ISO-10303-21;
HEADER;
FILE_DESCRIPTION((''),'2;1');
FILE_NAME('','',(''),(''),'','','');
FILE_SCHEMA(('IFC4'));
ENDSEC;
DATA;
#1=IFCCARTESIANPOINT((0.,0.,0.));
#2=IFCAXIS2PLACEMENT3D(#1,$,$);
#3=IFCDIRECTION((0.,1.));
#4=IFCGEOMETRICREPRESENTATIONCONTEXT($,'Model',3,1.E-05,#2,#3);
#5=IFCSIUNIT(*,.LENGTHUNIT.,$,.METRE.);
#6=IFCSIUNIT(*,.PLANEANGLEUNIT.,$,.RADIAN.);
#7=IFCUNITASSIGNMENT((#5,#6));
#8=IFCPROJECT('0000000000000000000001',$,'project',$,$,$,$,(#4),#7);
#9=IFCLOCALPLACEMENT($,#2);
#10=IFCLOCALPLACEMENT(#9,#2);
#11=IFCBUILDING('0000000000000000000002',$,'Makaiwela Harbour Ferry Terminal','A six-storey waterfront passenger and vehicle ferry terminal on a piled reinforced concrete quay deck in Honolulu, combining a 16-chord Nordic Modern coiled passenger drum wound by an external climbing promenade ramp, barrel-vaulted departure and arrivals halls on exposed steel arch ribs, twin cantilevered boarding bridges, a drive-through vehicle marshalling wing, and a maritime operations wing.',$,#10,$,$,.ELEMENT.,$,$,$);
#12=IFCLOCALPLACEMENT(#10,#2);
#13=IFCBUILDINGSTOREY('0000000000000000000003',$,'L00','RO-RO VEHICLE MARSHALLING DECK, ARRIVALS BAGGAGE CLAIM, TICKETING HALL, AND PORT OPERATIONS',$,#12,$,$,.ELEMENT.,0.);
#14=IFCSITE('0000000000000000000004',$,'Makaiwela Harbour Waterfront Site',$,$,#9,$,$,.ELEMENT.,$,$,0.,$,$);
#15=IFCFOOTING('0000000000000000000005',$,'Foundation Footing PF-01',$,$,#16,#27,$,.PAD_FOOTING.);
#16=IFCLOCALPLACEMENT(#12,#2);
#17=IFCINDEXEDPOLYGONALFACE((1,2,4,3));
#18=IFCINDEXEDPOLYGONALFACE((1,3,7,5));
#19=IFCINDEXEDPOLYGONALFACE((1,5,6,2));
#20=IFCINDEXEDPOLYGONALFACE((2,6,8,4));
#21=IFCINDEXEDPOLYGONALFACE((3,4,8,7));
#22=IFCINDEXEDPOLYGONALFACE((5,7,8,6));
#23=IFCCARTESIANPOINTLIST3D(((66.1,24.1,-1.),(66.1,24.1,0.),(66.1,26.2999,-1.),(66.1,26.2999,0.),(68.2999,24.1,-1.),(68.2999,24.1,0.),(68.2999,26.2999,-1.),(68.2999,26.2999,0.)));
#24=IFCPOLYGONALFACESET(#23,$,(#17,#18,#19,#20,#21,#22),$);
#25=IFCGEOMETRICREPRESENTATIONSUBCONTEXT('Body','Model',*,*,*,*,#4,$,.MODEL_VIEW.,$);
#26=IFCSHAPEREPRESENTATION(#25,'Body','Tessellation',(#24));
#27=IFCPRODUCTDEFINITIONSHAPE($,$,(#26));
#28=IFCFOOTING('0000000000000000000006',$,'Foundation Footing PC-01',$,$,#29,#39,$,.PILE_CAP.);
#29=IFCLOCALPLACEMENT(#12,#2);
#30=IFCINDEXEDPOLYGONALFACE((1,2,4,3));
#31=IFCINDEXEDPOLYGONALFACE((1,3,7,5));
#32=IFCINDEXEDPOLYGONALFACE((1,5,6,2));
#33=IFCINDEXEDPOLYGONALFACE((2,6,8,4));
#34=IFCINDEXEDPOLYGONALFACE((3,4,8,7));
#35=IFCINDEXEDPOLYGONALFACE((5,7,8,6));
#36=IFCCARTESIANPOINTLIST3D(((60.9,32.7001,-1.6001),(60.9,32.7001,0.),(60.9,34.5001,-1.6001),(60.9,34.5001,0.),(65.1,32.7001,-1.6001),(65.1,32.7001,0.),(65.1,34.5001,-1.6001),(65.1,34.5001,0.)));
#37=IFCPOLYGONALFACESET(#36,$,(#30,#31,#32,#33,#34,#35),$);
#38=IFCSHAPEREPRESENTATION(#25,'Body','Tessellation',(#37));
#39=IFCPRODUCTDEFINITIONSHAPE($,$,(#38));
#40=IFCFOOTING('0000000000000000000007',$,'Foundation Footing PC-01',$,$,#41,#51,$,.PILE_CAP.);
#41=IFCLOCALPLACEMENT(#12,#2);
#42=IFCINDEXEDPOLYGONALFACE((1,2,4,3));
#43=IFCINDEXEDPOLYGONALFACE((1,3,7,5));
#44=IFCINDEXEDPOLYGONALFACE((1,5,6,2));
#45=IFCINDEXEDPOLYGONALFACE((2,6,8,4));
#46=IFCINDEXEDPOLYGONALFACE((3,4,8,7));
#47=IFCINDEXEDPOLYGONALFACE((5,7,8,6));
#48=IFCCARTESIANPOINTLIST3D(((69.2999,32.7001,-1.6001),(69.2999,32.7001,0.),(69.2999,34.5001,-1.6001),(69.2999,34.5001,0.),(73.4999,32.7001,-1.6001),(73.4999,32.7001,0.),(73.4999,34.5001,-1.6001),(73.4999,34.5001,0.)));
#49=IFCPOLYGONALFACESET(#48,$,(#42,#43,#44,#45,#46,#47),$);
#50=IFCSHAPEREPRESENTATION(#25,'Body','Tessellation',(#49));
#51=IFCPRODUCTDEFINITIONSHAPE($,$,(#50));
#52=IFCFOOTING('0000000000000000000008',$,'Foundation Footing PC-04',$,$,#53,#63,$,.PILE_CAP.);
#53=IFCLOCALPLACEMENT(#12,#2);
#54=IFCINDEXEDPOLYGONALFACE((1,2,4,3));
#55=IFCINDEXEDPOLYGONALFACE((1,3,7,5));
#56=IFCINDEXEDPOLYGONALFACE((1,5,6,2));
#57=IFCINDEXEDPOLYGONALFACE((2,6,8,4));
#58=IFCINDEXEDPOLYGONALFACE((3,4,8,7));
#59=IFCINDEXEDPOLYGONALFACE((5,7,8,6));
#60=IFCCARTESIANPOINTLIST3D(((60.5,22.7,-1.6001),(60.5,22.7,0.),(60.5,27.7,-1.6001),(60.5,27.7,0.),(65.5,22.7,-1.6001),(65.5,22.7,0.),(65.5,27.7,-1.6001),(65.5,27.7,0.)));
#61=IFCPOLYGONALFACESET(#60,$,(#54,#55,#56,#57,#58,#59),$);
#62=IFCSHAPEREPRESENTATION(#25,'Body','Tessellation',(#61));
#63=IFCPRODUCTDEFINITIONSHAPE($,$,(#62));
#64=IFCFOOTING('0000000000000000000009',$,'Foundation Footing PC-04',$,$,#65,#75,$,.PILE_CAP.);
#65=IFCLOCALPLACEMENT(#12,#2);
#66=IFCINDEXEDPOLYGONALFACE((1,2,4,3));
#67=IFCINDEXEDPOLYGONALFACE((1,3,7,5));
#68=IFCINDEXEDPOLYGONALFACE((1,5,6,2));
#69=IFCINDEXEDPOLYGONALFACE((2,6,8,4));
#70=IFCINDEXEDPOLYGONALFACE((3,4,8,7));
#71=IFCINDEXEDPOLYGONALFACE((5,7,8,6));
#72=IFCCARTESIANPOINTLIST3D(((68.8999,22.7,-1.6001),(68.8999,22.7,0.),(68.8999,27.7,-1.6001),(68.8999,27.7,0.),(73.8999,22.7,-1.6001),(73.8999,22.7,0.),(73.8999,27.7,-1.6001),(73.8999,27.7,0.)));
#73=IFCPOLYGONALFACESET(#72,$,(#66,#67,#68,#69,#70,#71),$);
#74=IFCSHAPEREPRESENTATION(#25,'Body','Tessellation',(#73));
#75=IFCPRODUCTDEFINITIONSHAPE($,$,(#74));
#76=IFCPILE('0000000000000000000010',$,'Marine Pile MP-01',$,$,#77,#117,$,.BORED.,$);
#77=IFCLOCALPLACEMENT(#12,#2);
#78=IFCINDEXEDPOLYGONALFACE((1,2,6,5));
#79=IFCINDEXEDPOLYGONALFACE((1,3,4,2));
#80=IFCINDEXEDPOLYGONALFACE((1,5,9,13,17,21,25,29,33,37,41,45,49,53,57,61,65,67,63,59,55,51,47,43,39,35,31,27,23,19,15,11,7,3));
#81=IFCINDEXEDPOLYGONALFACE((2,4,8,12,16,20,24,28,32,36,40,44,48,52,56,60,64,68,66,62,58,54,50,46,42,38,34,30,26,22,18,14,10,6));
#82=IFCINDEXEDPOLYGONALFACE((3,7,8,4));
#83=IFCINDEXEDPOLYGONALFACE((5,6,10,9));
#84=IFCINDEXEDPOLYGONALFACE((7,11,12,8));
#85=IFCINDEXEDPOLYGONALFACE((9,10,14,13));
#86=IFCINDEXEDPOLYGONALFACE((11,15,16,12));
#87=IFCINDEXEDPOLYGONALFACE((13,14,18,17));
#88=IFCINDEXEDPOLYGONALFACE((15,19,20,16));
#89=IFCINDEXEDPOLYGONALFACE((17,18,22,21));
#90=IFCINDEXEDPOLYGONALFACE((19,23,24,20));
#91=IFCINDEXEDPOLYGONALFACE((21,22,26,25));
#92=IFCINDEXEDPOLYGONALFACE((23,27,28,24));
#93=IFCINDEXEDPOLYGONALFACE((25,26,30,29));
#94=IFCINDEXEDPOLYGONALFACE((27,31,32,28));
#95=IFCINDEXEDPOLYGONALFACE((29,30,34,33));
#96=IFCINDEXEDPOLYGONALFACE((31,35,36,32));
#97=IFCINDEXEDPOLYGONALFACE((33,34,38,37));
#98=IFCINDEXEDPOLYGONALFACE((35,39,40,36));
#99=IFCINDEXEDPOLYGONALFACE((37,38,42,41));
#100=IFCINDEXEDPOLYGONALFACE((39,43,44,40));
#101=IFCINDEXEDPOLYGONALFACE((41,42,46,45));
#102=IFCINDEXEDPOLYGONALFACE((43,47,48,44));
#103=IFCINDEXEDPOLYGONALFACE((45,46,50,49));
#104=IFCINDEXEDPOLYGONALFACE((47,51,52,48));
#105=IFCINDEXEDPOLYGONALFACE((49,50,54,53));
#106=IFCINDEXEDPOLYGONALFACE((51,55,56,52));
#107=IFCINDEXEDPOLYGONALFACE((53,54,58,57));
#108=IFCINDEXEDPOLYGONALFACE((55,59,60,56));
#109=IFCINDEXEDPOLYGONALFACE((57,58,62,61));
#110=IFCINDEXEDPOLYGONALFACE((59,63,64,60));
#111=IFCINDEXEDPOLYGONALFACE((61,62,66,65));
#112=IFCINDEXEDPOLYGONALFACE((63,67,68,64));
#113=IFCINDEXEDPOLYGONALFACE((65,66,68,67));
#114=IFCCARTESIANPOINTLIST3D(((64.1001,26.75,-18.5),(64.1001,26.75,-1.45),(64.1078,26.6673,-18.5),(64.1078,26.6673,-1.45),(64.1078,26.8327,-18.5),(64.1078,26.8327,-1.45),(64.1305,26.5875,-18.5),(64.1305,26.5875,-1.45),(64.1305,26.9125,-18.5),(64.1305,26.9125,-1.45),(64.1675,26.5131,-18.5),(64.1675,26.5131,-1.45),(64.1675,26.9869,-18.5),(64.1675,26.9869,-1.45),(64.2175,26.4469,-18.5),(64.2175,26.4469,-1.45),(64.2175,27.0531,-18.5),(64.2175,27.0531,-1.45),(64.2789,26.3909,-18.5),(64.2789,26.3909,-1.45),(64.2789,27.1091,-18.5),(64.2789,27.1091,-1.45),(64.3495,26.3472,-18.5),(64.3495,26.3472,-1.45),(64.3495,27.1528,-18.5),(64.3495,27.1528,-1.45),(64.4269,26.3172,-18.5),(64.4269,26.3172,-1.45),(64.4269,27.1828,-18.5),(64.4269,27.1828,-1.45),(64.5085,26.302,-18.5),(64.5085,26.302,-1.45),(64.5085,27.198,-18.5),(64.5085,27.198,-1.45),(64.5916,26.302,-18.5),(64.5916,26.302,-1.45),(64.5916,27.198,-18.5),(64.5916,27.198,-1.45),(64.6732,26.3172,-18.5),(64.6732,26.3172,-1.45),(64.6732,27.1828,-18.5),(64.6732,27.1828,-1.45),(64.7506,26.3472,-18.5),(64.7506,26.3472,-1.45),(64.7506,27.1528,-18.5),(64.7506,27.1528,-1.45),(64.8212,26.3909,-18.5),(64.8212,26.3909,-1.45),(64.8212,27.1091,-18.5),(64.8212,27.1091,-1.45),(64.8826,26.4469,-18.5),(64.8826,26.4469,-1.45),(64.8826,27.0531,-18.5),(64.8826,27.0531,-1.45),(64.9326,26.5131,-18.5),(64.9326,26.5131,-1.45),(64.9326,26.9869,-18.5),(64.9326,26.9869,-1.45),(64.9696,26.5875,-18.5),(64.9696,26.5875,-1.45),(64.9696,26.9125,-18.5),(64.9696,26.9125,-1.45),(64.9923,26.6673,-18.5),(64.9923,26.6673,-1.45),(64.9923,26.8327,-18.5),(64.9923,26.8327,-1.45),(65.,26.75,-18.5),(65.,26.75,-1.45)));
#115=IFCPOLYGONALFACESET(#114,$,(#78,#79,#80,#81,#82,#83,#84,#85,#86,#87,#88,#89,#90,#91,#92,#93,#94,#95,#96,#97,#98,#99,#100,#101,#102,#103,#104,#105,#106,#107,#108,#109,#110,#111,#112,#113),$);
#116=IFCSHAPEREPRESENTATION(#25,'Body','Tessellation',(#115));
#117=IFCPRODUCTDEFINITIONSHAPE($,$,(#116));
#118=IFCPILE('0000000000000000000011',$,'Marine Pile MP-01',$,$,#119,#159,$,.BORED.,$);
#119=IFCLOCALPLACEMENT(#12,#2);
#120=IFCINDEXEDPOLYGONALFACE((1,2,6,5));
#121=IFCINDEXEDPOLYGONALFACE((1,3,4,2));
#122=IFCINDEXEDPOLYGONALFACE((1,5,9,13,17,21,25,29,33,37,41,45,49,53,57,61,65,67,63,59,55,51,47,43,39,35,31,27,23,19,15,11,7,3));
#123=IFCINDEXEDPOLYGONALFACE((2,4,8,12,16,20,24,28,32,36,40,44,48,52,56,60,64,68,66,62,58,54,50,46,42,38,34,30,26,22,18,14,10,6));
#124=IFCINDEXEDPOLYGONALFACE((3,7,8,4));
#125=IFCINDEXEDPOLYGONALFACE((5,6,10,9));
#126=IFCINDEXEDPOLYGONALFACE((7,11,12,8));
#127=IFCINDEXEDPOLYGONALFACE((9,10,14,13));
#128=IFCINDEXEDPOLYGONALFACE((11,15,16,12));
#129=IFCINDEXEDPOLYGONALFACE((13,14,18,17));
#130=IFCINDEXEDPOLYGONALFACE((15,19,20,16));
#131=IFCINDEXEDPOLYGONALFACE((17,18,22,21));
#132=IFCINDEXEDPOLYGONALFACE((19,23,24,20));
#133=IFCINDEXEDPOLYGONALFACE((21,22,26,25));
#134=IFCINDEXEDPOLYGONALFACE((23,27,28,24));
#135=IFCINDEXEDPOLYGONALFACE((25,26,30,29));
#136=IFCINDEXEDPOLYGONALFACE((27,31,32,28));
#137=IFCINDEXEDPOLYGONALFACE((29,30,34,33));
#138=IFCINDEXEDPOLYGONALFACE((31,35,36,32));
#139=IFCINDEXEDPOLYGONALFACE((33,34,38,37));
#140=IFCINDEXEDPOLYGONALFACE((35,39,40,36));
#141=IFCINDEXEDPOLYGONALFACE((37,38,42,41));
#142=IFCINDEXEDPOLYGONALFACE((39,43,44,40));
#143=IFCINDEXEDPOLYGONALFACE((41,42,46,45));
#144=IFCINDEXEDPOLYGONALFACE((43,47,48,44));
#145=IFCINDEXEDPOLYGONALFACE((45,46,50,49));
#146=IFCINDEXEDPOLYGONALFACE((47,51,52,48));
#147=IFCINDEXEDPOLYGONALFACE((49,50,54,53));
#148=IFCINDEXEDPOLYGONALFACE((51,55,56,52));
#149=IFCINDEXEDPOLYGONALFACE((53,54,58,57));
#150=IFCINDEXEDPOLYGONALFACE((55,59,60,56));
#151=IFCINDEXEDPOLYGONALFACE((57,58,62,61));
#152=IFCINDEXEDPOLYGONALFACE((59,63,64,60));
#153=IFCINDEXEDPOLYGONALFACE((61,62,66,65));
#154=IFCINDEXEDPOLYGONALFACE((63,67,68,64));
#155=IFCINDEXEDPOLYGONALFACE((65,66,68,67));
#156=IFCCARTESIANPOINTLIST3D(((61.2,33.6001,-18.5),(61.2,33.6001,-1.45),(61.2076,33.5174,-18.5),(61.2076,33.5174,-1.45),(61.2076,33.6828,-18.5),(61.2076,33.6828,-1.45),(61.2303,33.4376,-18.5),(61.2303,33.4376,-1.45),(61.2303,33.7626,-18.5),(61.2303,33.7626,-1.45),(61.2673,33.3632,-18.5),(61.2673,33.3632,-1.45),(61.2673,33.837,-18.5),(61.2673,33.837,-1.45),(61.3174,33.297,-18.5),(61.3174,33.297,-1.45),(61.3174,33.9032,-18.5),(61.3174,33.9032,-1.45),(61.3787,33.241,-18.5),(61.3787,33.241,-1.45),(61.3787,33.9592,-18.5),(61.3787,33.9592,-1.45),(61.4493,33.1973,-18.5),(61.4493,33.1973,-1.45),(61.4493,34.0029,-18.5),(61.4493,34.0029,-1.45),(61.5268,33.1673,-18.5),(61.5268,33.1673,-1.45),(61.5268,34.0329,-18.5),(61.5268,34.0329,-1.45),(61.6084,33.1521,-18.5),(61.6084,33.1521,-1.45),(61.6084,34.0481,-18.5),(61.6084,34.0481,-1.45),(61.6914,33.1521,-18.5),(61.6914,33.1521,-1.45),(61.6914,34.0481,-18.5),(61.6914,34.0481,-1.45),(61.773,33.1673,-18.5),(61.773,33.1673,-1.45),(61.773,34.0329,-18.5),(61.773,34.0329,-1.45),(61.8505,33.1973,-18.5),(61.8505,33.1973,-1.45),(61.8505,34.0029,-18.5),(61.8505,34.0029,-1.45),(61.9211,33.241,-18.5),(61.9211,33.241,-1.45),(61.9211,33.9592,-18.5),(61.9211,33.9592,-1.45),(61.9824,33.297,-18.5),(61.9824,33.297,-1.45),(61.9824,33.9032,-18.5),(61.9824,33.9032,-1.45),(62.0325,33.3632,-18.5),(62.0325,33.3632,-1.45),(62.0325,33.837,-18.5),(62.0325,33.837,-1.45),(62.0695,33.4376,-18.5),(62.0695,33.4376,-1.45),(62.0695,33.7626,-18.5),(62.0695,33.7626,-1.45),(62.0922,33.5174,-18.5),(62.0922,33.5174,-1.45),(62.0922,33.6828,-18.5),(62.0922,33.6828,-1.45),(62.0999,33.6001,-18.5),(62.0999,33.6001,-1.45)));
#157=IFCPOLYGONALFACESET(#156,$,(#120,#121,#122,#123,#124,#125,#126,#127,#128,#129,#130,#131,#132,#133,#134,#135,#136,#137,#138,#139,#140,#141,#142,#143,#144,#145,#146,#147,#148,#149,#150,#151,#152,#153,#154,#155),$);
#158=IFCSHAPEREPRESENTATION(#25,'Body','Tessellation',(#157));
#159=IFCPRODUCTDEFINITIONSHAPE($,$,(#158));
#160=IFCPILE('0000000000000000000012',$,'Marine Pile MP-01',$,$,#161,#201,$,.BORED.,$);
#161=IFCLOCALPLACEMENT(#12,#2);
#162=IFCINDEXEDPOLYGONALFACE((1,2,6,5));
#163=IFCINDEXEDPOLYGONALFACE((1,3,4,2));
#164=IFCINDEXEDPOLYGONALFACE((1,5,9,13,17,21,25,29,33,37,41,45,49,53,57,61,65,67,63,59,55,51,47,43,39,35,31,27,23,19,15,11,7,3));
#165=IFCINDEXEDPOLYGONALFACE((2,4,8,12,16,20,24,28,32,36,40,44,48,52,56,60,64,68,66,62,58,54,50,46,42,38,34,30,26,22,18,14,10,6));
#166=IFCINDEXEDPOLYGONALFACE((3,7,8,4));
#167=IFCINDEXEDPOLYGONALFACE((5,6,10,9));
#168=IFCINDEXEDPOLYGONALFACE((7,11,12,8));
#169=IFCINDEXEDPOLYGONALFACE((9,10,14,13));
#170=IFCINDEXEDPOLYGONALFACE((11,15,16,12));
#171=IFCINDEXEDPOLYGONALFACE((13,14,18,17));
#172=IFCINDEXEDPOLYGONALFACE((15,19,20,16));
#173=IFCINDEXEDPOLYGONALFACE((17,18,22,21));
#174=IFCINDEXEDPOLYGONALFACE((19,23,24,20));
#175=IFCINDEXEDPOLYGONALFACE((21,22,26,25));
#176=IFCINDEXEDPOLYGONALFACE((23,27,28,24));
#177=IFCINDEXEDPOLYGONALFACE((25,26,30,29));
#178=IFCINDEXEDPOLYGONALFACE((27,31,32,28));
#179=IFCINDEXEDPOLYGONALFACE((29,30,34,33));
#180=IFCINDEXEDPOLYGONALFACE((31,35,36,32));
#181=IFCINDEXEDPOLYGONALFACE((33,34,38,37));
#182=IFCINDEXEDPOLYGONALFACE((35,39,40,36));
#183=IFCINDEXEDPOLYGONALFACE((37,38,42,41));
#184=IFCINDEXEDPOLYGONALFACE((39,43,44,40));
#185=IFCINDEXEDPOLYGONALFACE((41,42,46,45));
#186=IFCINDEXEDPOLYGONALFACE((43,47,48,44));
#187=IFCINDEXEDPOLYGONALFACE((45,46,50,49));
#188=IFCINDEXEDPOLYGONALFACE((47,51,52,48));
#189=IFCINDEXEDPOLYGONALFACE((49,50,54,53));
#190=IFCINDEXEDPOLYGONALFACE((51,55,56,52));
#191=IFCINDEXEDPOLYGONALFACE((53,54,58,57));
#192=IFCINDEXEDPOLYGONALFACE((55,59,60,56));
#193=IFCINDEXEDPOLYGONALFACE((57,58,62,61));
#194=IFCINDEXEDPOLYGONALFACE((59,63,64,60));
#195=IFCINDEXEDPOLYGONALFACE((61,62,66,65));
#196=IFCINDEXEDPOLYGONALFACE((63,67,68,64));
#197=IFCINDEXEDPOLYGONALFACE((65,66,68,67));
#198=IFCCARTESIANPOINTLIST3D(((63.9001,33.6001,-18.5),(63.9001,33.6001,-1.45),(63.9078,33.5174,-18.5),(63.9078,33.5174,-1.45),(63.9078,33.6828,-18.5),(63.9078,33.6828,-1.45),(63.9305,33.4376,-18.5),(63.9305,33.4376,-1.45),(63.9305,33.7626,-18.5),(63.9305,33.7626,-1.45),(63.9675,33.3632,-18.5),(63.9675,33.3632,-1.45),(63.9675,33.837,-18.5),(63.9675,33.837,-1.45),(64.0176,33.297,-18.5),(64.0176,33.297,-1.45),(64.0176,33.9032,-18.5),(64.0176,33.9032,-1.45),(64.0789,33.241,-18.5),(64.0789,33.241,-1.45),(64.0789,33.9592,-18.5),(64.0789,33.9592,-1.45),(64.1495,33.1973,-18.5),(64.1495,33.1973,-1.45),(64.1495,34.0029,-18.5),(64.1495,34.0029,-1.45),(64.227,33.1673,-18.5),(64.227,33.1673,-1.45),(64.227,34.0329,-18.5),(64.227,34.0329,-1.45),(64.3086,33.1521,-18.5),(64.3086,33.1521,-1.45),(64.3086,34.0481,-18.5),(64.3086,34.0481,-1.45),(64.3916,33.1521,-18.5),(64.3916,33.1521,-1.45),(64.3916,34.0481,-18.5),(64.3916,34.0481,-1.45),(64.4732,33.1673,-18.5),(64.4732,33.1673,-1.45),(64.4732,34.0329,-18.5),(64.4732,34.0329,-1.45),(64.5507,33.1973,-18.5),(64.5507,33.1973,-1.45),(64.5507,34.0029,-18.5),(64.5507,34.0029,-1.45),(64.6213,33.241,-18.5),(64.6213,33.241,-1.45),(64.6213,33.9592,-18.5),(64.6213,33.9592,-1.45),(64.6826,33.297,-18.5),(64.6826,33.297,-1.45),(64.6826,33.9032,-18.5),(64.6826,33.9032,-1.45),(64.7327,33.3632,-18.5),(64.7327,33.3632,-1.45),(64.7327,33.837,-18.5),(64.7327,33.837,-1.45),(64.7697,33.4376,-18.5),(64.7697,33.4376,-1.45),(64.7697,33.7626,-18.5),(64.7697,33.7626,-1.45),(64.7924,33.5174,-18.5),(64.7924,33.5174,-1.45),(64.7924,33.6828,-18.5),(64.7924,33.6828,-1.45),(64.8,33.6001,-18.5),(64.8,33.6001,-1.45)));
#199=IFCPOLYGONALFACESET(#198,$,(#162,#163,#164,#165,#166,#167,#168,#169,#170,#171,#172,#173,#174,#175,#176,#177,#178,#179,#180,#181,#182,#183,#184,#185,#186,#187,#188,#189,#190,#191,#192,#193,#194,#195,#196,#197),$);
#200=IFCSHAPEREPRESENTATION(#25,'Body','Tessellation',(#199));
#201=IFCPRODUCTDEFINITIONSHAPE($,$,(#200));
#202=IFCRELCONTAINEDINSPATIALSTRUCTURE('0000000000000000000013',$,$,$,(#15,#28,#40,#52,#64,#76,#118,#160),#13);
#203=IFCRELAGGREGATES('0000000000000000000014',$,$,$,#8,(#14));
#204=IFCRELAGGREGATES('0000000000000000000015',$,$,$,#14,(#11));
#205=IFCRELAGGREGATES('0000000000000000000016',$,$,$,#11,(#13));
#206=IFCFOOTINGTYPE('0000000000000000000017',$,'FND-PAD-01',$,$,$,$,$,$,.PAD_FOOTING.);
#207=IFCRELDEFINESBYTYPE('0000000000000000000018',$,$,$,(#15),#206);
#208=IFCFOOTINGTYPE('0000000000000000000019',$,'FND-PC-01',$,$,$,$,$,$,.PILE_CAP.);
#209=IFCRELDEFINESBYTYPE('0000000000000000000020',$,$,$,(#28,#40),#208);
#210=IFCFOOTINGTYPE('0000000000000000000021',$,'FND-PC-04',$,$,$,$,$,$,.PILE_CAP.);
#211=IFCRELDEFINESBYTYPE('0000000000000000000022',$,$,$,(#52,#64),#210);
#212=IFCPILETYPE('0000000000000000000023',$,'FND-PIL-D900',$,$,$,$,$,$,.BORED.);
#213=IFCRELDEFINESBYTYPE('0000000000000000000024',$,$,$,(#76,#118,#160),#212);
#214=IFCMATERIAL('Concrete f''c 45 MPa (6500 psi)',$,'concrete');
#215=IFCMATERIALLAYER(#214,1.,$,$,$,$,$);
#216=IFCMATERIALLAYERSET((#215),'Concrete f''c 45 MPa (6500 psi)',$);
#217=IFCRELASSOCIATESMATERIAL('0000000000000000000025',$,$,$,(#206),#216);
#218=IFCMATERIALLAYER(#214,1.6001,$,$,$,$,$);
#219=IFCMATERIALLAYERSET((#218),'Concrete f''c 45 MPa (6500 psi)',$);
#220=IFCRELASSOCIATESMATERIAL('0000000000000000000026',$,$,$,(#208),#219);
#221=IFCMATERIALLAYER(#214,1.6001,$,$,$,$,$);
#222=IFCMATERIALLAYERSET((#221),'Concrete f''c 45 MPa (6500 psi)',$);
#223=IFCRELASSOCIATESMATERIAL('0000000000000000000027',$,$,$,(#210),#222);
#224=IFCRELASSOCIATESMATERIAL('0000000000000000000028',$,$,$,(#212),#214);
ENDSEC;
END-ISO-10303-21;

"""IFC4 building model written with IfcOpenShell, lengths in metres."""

from ifc_helpers import new_model, si_unit, direction, frame, origin, origin_2d, place, context, subcontext, project, spatial, rectangle, circle, extrude, material, layer, layer_set, material_profile, profile_set, type_object, element, save


model = new_model("IFC4")

# Units and contexts
model_context = context("Model", 3, precision=1e-05, world=origin(), true_north=direction((0.0, 1.0)))
body_context = subcontext(model_context, "Body", "Model", "MODEL_VIEW")
ifc_project = project(units=[si_unit("LENGTHUNIT", "METRE"), si_unit("PLANEANGLEUNIT", "RADIAN")], contexts=[model_context])

# Site, building, storey
site_placement = place(None, origin())
site = spatial("IfcSite", under=ifc_project, at=site_placement, Name="Makaiwela Harbour Waterfront Site", CompositionType="ELEMENT", RefElevation=0.0)
building_placement = place(site_placement, origin())
building = spatial("IfcBuilding", under=site, at=building_placement, Name="Makaiwela Harbour Ferry Terminal", Description="A six-storey waterfront passenger and vehicle ferry terminal on a piled reinforced concrete quay deck in Honolulu, combining a 16-chord Nordic Modern coiled passenger drum wound by an external climbing promenade ramp, barrel-vaulted departure and arrivals halls on exposed steel arch ribs, twin cantilevered boarding bridges, a drive-through vehicle marshalling wing, and a maritime operations wing.", CompositionType="ELEMENT")
storey_placement = place(building_placement, origin())
storey = spatial("IfcBuildingStorey", under=building, at=storey_placement, Name="L00", Description="RO-RO VEHICLE MARSHALLING DECK, ARRIVALS BAGGAGE CLAIM, TICKETING HALL, AND PORT OPERATIONS", CompositionType="ELEMENT", Elevation=0.0)

# Footings
ifc_material_1 = material(Name="Concrete f'c 45 MPa (6500 psi)", Category="concrete")
ifc_layer_1 = layer(ifc_material_1, 1.0)
ifc_layer_set_1 = layer_set([ifc_layer_1], Name="Concrete f'c 45 MPa (6500 psi)")
footing_type_1 = type_object("IfcFootingType", Name="FND-PAD-01", PredefinedType="PAD_FOOTING", material=ifc_layer_set_1)
footing_1_placement = place(storey_placement, frame((67.2, 25.2, -1.0), z_axis=(0.0, 0.0, 1.0), x_axis=(1.0, 0.0, 0.0)))
element("IfcFooting", 1, at=footing_1_placement, inside=storey, type_object=footing_type_1, Name="Foundation Footing PF-01", PredefinedType="PAD_FOOTING", context=body_context, shape_type="SweptSolid", body=[
    extrude(rectangle(XDim=2.2, YDim=2.2, at=origin_2d()), origin(), (0.0, 0.0, 1.0), 1.0),
])
ifc_layer_2 = layer(ifc_material_1, 1.6001)
ifc_layer_set_2 = layer_set([ifc_layer_2], Name="Concrete f'c 45 MPa (6500 psi)")
footing_type_2 = type_object("IfcFootingType", Name="FND-PC-01", PredefinedType="PILE_CAP", material=ifc_layer_set_2)
for number, where, z_axis, x_axis, name in (
    (2, (63.0, 33.6001, -1.6001), (0.0, 0.0, 1.0), (1.0, 0.0, 0.0), "Foundation Footing PC-01"),
    (3, (71.3999, 33.6001, -1.6001), (0.0, 0.0, 1.0), (1.0, 0.0, 0.0), "Foundation Footing PC-01"),
):
    element("IfcFooting", number, at=place(storey_placement, frame(where, z_axis=z_axis, x_axis=x_axis)), inside=storey, type_object=footing_type_2, Name=name, PredefinedType="PILE_CAP", context=body_context, shape_type="SweptSolid", body=[
        extrude(rectangle(XDim=4.2, YDim=1.8, at=origin_2d()), origin(), (0.0, 0.0, 1.0), 1.6001),
    ])
ifc_layer_3 = layer(ifc_material_1, 1.6001)
ifc_layer_set_3 = layer_set([ifc_layer_3], Name="Concrete f'c 45 MPa (6500 psi)")
footing_type_3 = type_object("IfcFootingType", Name="FND-PC-04", PredefinedType="PILE_CAP", material=ifc_layer_set_3)
for number, where, z_axis, x_axis, name in (
    (4, (63.0, 25.2, -1.6001), (0.0, 0.0, 1.0), (1.0, 0.0, 0.0), "Foundation Footing PC-04"),
    (5, (71.3999, 25.2, -1.6001), (0.0, 0.0, 1.0), (1.0, 0.0, 0.0), "Foundation Footing PC-04"),
):
    element("IfcFooting", number, at=place(storey_placement, frame(where, z_axis=z_axis, x_axis=x_axis)), inside=storey, type_object=footing_type_3, Name=name, PredefinedType="PILE_CAP", context=body_context, shape_type="SweptSolid", body=[
        extrude(rectangle(XDim=5.0, YDim=5.0, at=origin_2d()), origin(), (0.0, 0.0, 1.0), 1.6001),
    ])

# Piles
ifc_material_profile_1 = material_profile(ifc_material_1, circle(Radius=0.45, at=origin_2d()), Name="PILE-D900")
ifc_profile_set_1 = profile_set([ifc_material_profile_1], Name="Concrete f'c 45 MPa (6500 psi)")
pile_type = type_object("IfcPileType", Name="FND-PIL-D900", PredefinedType="BORED", material=ifc_profile_set_1)
for number, where, z_axis, x_axis, name in (
    (6, (64.55, 26.75, -1.45), (0.0, 0.0, -1.0), (1.0, 0.0, 0.0), "Marine Pile MP-01"),
    (7, (61.6499, 33.6001, -1.45), (0.0, 0.0, -1.0), (1.0, 0.0, 0.0), "Marine Pile MP-01"),
    (8, (64.3501, 33.6001, -1.45), (0.0, 0.0, -1.0), (1.0, 0.0, 0.0), "Marine Pile MP-01"),
):
    element("IfcPile", number, at=place(storey_placement, frame(where, z_axis=z_axis, x_axis=x_axis)), inside=storey, type_object=pile_type, Name=name, PredefinedType="BORED", context=body_context, shape_type="SweptSolid", body=[
        extrude(circle(Radius=0.45, at=origin_2d()), origin(), (0.0, 0.0, 1.0), 17.05),
    ])

save(model, "model.ifc")
